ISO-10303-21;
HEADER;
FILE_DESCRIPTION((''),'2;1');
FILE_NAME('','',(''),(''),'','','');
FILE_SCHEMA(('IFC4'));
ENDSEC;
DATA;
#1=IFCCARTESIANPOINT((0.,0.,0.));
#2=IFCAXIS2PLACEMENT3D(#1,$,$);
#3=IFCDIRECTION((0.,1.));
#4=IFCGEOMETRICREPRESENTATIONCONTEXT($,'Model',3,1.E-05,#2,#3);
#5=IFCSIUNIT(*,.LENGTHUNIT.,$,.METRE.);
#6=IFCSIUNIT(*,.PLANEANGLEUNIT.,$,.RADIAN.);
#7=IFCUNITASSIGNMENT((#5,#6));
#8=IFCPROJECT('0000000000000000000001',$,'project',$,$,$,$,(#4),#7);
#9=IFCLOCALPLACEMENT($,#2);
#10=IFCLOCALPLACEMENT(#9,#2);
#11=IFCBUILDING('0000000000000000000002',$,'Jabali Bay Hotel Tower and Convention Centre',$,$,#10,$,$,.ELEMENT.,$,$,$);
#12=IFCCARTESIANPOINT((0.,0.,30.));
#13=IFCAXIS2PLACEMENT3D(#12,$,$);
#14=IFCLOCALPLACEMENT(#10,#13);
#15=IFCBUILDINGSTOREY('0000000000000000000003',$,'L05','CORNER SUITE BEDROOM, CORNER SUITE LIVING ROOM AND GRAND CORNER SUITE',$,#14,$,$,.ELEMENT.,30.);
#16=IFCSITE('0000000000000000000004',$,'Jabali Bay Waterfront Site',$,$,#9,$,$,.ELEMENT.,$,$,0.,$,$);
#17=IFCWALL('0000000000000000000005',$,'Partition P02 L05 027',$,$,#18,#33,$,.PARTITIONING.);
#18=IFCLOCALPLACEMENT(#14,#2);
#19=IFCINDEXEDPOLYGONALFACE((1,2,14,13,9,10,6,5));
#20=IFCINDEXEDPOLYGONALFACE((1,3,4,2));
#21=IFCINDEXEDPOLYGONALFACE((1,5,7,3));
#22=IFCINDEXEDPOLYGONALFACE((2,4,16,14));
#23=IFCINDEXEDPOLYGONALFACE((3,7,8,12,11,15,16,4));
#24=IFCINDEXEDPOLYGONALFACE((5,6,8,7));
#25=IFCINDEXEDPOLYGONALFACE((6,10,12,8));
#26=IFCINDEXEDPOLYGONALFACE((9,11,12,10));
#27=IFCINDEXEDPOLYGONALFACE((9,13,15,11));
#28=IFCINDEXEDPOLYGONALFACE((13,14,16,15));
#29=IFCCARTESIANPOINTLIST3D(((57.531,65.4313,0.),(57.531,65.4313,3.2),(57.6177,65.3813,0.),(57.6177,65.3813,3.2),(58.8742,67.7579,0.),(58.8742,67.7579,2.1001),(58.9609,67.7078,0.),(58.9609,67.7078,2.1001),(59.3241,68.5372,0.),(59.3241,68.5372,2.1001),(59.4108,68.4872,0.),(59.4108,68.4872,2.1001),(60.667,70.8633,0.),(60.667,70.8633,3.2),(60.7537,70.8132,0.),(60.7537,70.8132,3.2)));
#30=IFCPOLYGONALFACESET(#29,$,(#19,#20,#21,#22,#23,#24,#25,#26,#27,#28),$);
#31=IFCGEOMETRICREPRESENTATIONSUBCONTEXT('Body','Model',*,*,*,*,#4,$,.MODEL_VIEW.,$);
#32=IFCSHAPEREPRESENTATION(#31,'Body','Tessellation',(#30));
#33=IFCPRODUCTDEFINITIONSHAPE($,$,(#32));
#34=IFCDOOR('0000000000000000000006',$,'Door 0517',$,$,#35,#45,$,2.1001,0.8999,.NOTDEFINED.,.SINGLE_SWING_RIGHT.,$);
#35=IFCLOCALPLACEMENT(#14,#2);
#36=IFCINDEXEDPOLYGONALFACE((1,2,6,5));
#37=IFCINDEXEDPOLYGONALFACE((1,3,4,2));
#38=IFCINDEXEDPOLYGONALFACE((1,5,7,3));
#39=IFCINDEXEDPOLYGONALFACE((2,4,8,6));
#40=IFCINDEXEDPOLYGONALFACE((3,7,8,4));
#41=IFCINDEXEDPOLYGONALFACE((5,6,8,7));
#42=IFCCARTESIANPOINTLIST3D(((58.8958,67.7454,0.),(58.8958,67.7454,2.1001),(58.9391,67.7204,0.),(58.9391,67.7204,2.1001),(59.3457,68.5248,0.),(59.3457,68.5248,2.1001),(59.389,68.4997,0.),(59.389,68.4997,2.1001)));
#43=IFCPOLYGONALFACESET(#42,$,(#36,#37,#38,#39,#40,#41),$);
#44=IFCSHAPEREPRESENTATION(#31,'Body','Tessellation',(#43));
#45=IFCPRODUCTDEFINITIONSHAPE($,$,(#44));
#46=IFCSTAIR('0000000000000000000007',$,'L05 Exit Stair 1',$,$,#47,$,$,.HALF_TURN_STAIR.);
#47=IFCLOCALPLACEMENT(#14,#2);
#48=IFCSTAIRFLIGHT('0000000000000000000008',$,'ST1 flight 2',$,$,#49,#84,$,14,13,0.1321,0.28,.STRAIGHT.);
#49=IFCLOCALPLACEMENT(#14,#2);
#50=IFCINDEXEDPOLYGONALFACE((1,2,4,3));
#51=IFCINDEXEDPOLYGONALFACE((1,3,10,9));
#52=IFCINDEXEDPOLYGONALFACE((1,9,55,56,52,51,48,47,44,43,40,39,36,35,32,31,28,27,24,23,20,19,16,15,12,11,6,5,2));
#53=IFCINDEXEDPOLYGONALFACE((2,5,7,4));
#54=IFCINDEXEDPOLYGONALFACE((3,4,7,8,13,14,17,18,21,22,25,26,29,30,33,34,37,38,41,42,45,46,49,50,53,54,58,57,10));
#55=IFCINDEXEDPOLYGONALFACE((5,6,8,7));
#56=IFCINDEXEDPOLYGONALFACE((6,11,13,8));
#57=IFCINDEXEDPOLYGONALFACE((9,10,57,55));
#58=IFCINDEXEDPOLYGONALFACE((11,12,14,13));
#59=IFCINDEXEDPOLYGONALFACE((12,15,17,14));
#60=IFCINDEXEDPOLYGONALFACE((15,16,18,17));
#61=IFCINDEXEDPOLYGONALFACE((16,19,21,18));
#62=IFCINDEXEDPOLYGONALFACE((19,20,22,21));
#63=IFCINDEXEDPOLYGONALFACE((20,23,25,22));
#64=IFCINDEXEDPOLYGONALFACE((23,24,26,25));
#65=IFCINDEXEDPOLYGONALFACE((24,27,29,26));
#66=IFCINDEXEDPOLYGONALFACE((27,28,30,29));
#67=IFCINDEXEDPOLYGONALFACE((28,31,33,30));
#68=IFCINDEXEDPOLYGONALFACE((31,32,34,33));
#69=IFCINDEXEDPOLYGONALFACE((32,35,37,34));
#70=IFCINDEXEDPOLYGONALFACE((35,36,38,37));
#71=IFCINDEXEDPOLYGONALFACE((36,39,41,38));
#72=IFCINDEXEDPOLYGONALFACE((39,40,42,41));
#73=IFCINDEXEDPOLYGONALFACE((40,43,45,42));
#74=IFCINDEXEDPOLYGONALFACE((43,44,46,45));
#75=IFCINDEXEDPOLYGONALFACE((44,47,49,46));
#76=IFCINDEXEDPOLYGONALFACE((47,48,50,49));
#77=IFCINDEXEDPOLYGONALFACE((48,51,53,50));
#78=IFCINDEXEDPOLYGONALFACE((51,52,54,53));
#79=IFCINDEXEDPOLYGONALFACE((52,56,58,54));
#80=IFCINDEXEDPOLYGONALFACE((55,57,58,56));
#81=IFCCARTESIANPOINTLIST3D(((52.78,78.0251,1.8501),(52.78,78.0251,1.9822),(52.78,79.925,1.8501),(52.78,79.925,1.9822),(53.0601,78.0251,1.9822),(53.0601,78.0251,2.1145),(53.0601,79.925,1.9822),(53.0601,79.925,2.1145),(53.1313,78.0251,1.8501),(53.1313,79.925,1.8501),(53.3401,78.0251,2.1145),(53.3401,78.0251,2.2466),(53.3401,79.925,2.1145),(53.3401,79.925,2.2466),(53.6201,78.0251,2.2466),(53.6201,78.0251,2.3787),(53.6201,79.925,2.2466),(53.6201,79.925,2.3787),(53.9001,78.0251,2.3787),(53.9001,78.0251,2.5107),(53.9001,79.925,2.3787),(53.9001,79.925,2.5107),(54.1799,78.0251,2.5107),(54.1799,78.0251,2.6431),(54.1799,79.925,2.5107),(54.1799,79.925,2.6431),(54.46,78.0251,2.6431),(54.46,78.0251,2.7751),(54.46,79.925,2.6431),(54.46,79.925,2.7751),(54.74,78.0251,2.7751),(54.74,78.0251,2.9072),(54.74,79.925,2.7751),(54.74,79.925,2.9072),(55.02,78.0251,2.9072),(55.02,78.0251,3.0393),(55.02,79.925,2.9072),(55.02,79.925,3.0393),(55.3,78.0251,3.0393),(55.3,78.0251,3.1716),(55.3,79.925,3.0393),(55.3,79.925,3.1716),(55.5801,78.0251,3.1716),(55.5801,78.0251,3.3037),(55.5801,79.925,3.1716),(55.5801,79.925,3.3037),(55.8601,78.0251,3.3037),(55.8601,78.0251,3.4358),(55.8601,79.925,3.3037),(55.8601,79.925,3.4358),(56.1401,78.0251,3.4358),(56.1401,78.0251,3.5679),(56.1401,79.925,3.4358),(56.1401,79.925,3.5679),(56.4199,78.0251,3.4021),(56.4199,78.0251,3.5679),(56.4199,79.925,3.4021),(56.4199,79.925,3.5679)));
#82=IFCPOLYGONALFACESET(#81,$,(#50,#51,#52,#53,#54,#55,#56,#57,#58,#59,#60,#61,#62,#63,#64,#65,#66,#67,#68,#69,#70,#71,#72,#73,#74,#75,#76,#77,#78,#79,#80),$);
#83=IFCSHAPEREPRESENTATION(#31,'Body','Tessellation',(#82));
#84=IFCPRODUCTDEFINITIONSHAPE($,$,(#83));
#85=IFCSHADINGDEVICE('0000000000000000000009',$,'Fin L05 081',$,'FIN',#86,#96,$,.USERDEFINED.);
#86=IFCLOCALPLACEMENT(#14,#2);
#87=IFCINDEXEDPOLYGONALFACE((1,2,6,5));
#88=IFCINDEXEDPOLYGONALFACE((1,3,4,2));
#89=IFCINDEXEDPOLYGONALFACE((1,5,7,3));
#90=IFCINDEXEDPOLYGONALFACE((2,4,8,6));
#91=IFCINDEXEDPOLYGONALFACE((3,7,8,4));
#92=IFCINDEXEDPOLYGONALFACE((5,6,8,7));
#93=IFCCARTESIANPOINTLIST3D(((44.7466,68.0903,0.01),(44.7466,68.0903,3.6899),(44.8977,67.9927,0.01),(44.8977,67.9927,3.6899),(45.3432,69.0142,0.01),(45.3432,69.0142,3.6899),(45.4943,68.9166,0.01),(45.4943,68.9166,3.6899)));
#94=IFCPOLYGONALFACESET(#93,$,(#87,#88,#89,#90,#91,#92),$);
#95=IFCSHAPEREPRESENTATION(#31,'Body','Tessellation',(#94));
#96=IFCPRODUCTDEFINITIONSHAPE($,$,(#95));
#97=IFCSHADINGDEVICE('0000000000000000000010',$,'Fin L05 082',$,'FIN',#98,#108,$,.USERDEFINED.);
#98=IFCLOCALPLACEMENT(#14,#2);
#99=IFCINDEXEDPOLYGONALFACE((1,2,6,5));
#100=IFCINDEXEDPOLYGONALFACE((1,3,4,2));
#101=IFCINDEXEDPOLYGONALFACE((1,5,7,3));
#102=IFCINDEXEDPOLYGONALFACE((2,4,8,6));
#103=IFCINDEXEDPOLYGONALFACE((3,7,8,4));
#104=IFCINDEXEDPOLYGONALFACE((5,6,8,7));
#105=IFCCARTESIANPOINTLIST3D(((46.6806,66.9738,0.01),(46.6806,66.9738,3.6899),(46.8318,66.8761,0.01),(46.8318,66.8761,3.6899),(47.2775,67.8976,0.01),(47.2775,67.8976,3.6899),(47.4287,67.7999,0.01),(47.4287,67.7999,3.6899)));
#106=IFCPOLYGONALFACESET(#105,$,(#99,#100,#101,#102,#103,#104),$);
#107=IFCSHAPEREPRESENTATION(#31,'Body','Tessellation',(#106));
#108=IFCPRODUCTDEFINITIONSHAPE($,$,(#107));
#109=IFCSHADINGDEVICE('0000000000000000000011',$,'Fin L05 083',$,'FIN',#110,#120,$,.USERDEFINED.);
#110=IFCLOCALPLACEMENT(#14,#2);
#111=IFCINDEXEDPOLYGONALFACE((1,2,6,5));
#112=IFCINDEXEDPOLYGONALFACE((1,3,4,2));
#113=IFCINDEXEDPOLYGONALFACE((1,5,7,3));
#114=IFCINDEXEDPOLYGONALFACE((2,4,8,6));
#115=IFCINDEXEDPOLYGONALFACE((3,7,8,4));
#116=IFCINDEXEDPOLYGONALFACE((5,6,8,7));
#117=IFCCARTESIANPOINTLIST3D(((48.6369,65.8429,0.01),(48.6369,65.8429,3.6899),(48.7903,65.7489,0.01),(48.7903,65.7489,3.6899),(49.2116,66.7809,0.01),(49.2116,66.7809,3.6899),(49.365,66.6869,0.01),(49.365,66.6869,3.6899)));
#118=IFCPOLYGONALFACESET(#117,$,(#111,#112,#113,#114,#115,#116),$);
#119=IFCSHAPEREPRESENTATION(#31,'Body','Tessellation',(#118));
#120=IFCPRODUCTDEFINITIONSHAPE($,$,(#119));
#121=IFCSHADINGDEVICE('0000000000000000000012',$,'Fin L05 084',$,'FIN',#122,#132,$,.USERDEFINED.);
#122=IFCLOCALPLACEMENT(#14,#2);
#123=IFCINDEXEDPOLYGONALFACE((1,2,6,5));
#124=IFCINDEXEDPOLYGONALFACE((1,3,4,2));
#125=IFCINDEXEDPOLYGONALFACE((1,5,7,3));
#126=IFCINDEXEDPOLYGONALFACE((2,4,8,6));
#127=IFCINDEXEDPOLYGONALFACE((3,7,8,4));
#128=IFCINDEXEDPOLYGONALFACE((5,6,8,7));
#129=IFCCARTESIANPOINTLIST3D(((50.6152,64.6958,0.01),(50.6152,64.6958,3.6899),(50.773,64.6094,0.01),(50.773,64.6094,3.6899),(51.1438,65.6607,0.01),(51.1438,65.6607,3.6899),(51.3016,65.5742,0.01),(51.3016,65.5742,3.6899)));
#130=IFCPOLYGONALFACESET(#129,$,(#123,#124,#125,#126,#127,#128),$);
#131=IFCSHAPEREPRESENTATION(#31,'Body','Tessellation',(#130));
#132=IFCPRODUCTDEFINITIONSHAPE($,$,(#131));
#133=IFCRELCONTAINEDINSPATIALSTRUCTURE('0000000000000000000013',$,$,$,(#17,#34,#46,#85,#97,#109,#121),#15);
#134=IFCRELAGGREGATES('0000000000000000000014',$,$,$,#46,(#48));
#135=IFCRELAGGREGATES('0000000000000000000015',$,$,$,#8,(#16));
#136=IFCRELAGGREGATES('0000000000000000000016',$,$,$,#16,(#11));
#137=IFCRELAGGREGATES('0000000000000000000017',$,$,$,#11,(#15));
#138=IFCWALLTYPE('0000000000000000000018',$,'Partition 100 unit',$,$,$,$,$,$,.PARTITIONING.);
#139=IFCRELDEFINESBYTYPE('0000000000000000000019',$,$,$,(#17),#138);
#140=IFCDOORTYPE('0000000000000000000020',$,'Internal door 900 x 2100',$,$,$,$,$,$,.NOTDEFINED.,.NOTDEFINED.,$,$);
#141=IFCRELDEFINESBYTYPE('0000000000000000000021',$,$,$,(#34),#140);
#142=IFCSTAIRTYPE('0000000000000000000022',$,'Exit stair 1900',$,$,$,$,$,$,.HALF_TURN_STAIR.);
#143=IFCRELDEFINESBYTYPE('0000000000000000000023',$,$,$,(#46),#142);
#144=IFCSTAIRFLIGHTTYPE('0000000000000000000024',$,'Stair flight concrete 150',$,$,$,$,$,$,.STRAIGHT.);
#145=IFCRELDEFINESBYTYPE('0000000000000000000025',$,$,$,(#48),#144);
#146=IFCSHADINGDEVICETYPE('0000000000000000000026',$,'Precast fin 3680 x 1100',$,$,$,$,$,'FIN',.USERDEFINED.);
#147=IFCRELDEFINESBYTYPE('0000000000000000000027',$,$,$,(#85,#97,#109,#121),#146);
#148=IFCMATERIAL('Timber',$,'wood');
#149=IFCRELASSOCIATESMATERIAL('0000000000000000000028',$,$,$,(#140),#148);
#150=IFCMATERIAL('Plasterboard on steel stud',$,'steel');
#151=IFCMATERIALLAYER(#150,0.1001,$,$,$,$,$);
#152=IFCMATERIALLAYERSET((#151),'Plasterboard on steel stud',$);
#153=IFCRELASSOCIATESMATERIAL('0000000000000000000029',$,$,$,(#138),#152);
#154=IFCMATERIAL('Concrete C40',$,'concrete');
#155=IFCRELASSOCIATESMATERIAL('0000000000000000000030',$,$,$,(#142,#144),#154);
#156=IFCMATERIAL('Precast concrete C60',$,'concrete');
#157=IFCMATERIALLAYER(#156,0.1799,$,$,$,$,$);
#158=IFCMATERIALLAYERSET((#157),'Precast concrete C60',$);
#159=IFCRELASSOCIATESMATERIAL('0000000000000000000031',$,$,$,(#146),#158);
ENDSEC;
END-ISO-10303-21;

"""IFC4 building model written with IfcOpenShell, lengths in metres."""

from ifc_helpers import new_model, si_unit, direction, frame, frame_2d, origin, place, context, subcontext, project, spatial, polyline, rectangle, outline, extrude, material, layer, layer_set, type_object, element, fill, aggregate, save


model = new_model("IFC4")

# Units and contexts
model_context = context("Model", 3, precision=1e-05, world=origin(), true_north=direction((0.0, 1.0)))
body_context = subcontext(model_context, "Body", "Model", "MODEL_VIEW")
ifc_project = project(units=[si_unit("LENGTHUNIT", "METRE"), si_unit("PLANEANGLEUNIT", "RADIAN")], contexts=[model_context])

# Site, building, storey
site_placement = place(None, origin())
site = spatial("IfcSite", under=ifc_project, at=site_placement, Name="Jabali Bay Waterfront Site", CompositionType="ELEMENT", RefElevation=0.0)
building_placement = place(site_placement, origin())
building = spatial("IfcBuilding", under=site, at=building_placement, Name="Jabali Bay Hotel Tower and Convention Centre", CompositionType="ELEMENT")
storey_placement = place(building_placement, frame((0.0, 0.0, 30.0)))
storey = spatial("IfcBuildingStorey", under=building, at=storey_placement, Name="L05", Description="CORNER SUITE BEDROOM, CORNER SUITE LIVING ROOM AND GRAND CORNER SUITE", CompositionType="ELEMENT", Elevation=30.0)

# Shared definitions
ifc_material_1 = material(Name="Concrete C40", Category="concrete")

# Shared definitions
ifc_material_2 = material(Name="Timber", Category="wood")
door_type_1 = type_object("IfcDoorType", Name="Internal door 900 x 2100", OperationType="NOTDEFINED", PredefinedType="NOTDEFINED", material=ifc_material_2)

# Wall, opening, door
ifc_material_3 = material(Name="Plasterboard on steel stud", Category="steel")
ifc_layer_1 = layer(ifc_material_3, 0.1001)
ifc_layer_set_1 = layer_set([ifc_layer_1], Name="Plasterboard on steel stud")
wall_type_1 = type_object("IfcWallType", Name="Partition 100 unit", PredefinedType="PARTITIONING", material=ifc_layer_set_1)
wall_1_placement = place(storey_placement, frame((60.7104, 70.8384, 0.0), z_axis=(0.0, 0.0, 1.0), x_axis=(-0.499986, -0.866033, 0.0)))
wall_1 = element("IfcWall", 1, at=wall_1_placement, inside=storey, type_object=wall_type_1, Name="Partition P02 L05 027", PredefinedType="PARTITIONING", context=body_context, shape_type="SweptSolid", body=[
    extrude(rectangle(XDim=6.2722, YDim=0.1001, at=frame_2d((3.1362, 0.0))), origin(), (0.0, 0.0, 1.0), 3.2),
])
opening_1_placement = place(wall_1_placement, frame((2.686, 0.0, 0.0)))
opening_1 = element("IfcOpeningElement", 2, at=opening_1_placement, cuts=wall_1, PredefinedType="OPENING", context=body_context, shape_type="SweptSolid", body=[
    extrude(rectangle(XDim=0.8999, YDim=2.1001, at=frame_2d((0.45, 1.05))), frame((0.0, 0.0605, 0.0), z_axis=(0.0, -1.0, 0.0), x_axis=(1.0, 0.0, 0.0)), (0.0, 0.0, 1.0), 0.1211),
])
door_1_placement = place(opening_1_placement, origin())
door_1 = element("IfcDoor", 3, at=door_1_placement, inside=storey, type_object=door_type_1, Name="Door 0517", OperationType="SINGLE_SWING_RIGHT", OverallHeight=2.1001, OverallWidth=0.8999, PredefinedType="NOTDEFINED", context=body_context, shape_type="SweptSolid", body=[
    extrude(rectangle(XDim=0.8999, YDim=2.1001, at=frame_2d((0.45, 1.05))), frame((0.0, 0.0249, 0.0), z_axis=(0.0, -1.0, 0.0), x_axis=(1.0, 0.0, 0.0)), (0.0, 0.0, 1.0), 0.05),
])
fill(opening_1, door_1)

# Stair, stair flight
stair_type = type_object("IfcStairType", Name="Exit stair 1900", PredefinedType="HALF_TURN_STAIR", material=ifc_material_1)
stair_placement = place(storey_placement, origin())
stair = element("IfcStair", 4, at=stair_placement, inside=storey, type_object=stair_type, Name="L05 Exit Stair 1", PredefinedType="HALF_TURN_STAIR")
stair_flight_type = type_object("IfcStairFlightType", Name="Stair flight concrete 150", PredefinedType="STRAIGHT", material=ifc_material_1)
stair_flight_placement = place(storey_placement, frame((52.78, 78.9751, 1.8501), z_axis=(0.0, 0.0, 1.0), x_axis=(1.0, 0.0, 0.0)))
stair_flight = element("IfcStairFlight", 5, at=stair_flight_placement, type_object=stair_flight_type, Name="ST1 flight 2", NumberOfRisers=14, NumberOfTreads=13, PredefinedType="STRAIGHT", RiserHeight=0.1321, TreadLength=0.28, context=body_context, shape_type="SweptSolid", body=[
    extrude(outline(polyline([(0.0, 0.0), (0.0, 0.1321), (0.28, 0.1321), (0.28, 0.2644), (0.5601, 0.2644), (0.5601, 0.3965), (0.8401, 0.3965), (0.8401, 0.5286), (1.1201, 0.5286), (1.1201, 0.6606), (1.3999, 0.6606), (1.3999, 0.793), (1.6799, 0.793), (1.6799, 0.925), (1.96, 0.925), (1.96, 1.0571), (2.24, 1.0571), (2.24, 1.1892), (2.52, 1.1892), (2.52, 1.3215), (2.8, 1.3215), (2.8, 1.4536), (3.0801, 1.4536), (3.0801, 1.5857), (3.3601, 1.5857), (3.3601, 1.7178), (3.6399, 1.7178), (3.6399, 1.8501), (3.6399, 1.552), (0.3513, 0.0), (0.0, 0.0)])), frame((0.0, 0.95, 0.0), z_axis=(0.0, -1.0, 0.0), x_axis=(1.0, 0.0, 0.0)), (0.0, 0.0, 1.0), 1.8999),
])
aggregate(stair, [stair_flight])

# Shading devices
ifc_material_4 = material(Name="Precast concrete C60", Category="concrete")
ifc_layer_2 = layer(ifc_material_4, 0.1799)
ifc_layer_set_2 = layer_set([ifc_layer_2], Name="Precast concrete C60")
shading_device_type = type_object("IfcShadingDeviceType", Name="Precast fin 3680 x 1100", ElementType="FIN", PredefinedType="USERDEFINED", material=ifc_layer_set_2)
for number, where, z_axis, x_axis, name in (
    (6, (45.4187, 68.9653, 0.01), (0.0, 0.0, 1.0), (-0.54245, -0.840088, 0.0), "Fin L05 081"),
    (7, (47.353, 67.8486, 0.01), (0.0, 0.0, 1.0), (-0.542708, -0.839921, 0.0), "Fin L05 082"),
):
    element("IfcShadingDevice", number, at=place(storey_placement, frame(where, z_axis=z_axis, x_axis=x_axis)), inside=storey, type_object=shading_device_type, Name=name, ObjectType="FIN", PredefinedType="USERDEFINED", context=body_context, shape_type="SweptSolid", body=[
        extrude(rectangle(XDim=1.0999, YDim=0.1799, at=frame_2d((0.5498, 0.0))), origin(), (0.0, 0.0, 1.0), 3.6799),
    ])
for number, where, z_axis, x_axis, name in (
    (8, (49.2883, 66.7339, 0.01), (0.0, 0.0, 1.0), (-0.522437, -0.852678, 0.0), "Fin L05 083"),
    (9, (51.2227, 65.6174, 0.01), (0.0, 0.0, 1.0), (-0.480453, -0.877021, 0.0), "Fin L05 084"),
):
    element("IfcShadingDevice", number, at=place(storey_placement, frame(where, z_axis=z_axis, x_axis=x_axis)), inside=storey, type_object=shading_device_type, Name=name, ObjectType="FIN", PredefinedType="USERDEFINED", context=body_context, shape_type="SweptSolid", body=[
        extrude(rectangle(XDim=1.1001, YDim=0.1799, at=frame_2d((0.55, 0.0))), origin(), (0.0, 0.0, 1.0), 3.6799),
    ])

save(model, "model.ifc")
